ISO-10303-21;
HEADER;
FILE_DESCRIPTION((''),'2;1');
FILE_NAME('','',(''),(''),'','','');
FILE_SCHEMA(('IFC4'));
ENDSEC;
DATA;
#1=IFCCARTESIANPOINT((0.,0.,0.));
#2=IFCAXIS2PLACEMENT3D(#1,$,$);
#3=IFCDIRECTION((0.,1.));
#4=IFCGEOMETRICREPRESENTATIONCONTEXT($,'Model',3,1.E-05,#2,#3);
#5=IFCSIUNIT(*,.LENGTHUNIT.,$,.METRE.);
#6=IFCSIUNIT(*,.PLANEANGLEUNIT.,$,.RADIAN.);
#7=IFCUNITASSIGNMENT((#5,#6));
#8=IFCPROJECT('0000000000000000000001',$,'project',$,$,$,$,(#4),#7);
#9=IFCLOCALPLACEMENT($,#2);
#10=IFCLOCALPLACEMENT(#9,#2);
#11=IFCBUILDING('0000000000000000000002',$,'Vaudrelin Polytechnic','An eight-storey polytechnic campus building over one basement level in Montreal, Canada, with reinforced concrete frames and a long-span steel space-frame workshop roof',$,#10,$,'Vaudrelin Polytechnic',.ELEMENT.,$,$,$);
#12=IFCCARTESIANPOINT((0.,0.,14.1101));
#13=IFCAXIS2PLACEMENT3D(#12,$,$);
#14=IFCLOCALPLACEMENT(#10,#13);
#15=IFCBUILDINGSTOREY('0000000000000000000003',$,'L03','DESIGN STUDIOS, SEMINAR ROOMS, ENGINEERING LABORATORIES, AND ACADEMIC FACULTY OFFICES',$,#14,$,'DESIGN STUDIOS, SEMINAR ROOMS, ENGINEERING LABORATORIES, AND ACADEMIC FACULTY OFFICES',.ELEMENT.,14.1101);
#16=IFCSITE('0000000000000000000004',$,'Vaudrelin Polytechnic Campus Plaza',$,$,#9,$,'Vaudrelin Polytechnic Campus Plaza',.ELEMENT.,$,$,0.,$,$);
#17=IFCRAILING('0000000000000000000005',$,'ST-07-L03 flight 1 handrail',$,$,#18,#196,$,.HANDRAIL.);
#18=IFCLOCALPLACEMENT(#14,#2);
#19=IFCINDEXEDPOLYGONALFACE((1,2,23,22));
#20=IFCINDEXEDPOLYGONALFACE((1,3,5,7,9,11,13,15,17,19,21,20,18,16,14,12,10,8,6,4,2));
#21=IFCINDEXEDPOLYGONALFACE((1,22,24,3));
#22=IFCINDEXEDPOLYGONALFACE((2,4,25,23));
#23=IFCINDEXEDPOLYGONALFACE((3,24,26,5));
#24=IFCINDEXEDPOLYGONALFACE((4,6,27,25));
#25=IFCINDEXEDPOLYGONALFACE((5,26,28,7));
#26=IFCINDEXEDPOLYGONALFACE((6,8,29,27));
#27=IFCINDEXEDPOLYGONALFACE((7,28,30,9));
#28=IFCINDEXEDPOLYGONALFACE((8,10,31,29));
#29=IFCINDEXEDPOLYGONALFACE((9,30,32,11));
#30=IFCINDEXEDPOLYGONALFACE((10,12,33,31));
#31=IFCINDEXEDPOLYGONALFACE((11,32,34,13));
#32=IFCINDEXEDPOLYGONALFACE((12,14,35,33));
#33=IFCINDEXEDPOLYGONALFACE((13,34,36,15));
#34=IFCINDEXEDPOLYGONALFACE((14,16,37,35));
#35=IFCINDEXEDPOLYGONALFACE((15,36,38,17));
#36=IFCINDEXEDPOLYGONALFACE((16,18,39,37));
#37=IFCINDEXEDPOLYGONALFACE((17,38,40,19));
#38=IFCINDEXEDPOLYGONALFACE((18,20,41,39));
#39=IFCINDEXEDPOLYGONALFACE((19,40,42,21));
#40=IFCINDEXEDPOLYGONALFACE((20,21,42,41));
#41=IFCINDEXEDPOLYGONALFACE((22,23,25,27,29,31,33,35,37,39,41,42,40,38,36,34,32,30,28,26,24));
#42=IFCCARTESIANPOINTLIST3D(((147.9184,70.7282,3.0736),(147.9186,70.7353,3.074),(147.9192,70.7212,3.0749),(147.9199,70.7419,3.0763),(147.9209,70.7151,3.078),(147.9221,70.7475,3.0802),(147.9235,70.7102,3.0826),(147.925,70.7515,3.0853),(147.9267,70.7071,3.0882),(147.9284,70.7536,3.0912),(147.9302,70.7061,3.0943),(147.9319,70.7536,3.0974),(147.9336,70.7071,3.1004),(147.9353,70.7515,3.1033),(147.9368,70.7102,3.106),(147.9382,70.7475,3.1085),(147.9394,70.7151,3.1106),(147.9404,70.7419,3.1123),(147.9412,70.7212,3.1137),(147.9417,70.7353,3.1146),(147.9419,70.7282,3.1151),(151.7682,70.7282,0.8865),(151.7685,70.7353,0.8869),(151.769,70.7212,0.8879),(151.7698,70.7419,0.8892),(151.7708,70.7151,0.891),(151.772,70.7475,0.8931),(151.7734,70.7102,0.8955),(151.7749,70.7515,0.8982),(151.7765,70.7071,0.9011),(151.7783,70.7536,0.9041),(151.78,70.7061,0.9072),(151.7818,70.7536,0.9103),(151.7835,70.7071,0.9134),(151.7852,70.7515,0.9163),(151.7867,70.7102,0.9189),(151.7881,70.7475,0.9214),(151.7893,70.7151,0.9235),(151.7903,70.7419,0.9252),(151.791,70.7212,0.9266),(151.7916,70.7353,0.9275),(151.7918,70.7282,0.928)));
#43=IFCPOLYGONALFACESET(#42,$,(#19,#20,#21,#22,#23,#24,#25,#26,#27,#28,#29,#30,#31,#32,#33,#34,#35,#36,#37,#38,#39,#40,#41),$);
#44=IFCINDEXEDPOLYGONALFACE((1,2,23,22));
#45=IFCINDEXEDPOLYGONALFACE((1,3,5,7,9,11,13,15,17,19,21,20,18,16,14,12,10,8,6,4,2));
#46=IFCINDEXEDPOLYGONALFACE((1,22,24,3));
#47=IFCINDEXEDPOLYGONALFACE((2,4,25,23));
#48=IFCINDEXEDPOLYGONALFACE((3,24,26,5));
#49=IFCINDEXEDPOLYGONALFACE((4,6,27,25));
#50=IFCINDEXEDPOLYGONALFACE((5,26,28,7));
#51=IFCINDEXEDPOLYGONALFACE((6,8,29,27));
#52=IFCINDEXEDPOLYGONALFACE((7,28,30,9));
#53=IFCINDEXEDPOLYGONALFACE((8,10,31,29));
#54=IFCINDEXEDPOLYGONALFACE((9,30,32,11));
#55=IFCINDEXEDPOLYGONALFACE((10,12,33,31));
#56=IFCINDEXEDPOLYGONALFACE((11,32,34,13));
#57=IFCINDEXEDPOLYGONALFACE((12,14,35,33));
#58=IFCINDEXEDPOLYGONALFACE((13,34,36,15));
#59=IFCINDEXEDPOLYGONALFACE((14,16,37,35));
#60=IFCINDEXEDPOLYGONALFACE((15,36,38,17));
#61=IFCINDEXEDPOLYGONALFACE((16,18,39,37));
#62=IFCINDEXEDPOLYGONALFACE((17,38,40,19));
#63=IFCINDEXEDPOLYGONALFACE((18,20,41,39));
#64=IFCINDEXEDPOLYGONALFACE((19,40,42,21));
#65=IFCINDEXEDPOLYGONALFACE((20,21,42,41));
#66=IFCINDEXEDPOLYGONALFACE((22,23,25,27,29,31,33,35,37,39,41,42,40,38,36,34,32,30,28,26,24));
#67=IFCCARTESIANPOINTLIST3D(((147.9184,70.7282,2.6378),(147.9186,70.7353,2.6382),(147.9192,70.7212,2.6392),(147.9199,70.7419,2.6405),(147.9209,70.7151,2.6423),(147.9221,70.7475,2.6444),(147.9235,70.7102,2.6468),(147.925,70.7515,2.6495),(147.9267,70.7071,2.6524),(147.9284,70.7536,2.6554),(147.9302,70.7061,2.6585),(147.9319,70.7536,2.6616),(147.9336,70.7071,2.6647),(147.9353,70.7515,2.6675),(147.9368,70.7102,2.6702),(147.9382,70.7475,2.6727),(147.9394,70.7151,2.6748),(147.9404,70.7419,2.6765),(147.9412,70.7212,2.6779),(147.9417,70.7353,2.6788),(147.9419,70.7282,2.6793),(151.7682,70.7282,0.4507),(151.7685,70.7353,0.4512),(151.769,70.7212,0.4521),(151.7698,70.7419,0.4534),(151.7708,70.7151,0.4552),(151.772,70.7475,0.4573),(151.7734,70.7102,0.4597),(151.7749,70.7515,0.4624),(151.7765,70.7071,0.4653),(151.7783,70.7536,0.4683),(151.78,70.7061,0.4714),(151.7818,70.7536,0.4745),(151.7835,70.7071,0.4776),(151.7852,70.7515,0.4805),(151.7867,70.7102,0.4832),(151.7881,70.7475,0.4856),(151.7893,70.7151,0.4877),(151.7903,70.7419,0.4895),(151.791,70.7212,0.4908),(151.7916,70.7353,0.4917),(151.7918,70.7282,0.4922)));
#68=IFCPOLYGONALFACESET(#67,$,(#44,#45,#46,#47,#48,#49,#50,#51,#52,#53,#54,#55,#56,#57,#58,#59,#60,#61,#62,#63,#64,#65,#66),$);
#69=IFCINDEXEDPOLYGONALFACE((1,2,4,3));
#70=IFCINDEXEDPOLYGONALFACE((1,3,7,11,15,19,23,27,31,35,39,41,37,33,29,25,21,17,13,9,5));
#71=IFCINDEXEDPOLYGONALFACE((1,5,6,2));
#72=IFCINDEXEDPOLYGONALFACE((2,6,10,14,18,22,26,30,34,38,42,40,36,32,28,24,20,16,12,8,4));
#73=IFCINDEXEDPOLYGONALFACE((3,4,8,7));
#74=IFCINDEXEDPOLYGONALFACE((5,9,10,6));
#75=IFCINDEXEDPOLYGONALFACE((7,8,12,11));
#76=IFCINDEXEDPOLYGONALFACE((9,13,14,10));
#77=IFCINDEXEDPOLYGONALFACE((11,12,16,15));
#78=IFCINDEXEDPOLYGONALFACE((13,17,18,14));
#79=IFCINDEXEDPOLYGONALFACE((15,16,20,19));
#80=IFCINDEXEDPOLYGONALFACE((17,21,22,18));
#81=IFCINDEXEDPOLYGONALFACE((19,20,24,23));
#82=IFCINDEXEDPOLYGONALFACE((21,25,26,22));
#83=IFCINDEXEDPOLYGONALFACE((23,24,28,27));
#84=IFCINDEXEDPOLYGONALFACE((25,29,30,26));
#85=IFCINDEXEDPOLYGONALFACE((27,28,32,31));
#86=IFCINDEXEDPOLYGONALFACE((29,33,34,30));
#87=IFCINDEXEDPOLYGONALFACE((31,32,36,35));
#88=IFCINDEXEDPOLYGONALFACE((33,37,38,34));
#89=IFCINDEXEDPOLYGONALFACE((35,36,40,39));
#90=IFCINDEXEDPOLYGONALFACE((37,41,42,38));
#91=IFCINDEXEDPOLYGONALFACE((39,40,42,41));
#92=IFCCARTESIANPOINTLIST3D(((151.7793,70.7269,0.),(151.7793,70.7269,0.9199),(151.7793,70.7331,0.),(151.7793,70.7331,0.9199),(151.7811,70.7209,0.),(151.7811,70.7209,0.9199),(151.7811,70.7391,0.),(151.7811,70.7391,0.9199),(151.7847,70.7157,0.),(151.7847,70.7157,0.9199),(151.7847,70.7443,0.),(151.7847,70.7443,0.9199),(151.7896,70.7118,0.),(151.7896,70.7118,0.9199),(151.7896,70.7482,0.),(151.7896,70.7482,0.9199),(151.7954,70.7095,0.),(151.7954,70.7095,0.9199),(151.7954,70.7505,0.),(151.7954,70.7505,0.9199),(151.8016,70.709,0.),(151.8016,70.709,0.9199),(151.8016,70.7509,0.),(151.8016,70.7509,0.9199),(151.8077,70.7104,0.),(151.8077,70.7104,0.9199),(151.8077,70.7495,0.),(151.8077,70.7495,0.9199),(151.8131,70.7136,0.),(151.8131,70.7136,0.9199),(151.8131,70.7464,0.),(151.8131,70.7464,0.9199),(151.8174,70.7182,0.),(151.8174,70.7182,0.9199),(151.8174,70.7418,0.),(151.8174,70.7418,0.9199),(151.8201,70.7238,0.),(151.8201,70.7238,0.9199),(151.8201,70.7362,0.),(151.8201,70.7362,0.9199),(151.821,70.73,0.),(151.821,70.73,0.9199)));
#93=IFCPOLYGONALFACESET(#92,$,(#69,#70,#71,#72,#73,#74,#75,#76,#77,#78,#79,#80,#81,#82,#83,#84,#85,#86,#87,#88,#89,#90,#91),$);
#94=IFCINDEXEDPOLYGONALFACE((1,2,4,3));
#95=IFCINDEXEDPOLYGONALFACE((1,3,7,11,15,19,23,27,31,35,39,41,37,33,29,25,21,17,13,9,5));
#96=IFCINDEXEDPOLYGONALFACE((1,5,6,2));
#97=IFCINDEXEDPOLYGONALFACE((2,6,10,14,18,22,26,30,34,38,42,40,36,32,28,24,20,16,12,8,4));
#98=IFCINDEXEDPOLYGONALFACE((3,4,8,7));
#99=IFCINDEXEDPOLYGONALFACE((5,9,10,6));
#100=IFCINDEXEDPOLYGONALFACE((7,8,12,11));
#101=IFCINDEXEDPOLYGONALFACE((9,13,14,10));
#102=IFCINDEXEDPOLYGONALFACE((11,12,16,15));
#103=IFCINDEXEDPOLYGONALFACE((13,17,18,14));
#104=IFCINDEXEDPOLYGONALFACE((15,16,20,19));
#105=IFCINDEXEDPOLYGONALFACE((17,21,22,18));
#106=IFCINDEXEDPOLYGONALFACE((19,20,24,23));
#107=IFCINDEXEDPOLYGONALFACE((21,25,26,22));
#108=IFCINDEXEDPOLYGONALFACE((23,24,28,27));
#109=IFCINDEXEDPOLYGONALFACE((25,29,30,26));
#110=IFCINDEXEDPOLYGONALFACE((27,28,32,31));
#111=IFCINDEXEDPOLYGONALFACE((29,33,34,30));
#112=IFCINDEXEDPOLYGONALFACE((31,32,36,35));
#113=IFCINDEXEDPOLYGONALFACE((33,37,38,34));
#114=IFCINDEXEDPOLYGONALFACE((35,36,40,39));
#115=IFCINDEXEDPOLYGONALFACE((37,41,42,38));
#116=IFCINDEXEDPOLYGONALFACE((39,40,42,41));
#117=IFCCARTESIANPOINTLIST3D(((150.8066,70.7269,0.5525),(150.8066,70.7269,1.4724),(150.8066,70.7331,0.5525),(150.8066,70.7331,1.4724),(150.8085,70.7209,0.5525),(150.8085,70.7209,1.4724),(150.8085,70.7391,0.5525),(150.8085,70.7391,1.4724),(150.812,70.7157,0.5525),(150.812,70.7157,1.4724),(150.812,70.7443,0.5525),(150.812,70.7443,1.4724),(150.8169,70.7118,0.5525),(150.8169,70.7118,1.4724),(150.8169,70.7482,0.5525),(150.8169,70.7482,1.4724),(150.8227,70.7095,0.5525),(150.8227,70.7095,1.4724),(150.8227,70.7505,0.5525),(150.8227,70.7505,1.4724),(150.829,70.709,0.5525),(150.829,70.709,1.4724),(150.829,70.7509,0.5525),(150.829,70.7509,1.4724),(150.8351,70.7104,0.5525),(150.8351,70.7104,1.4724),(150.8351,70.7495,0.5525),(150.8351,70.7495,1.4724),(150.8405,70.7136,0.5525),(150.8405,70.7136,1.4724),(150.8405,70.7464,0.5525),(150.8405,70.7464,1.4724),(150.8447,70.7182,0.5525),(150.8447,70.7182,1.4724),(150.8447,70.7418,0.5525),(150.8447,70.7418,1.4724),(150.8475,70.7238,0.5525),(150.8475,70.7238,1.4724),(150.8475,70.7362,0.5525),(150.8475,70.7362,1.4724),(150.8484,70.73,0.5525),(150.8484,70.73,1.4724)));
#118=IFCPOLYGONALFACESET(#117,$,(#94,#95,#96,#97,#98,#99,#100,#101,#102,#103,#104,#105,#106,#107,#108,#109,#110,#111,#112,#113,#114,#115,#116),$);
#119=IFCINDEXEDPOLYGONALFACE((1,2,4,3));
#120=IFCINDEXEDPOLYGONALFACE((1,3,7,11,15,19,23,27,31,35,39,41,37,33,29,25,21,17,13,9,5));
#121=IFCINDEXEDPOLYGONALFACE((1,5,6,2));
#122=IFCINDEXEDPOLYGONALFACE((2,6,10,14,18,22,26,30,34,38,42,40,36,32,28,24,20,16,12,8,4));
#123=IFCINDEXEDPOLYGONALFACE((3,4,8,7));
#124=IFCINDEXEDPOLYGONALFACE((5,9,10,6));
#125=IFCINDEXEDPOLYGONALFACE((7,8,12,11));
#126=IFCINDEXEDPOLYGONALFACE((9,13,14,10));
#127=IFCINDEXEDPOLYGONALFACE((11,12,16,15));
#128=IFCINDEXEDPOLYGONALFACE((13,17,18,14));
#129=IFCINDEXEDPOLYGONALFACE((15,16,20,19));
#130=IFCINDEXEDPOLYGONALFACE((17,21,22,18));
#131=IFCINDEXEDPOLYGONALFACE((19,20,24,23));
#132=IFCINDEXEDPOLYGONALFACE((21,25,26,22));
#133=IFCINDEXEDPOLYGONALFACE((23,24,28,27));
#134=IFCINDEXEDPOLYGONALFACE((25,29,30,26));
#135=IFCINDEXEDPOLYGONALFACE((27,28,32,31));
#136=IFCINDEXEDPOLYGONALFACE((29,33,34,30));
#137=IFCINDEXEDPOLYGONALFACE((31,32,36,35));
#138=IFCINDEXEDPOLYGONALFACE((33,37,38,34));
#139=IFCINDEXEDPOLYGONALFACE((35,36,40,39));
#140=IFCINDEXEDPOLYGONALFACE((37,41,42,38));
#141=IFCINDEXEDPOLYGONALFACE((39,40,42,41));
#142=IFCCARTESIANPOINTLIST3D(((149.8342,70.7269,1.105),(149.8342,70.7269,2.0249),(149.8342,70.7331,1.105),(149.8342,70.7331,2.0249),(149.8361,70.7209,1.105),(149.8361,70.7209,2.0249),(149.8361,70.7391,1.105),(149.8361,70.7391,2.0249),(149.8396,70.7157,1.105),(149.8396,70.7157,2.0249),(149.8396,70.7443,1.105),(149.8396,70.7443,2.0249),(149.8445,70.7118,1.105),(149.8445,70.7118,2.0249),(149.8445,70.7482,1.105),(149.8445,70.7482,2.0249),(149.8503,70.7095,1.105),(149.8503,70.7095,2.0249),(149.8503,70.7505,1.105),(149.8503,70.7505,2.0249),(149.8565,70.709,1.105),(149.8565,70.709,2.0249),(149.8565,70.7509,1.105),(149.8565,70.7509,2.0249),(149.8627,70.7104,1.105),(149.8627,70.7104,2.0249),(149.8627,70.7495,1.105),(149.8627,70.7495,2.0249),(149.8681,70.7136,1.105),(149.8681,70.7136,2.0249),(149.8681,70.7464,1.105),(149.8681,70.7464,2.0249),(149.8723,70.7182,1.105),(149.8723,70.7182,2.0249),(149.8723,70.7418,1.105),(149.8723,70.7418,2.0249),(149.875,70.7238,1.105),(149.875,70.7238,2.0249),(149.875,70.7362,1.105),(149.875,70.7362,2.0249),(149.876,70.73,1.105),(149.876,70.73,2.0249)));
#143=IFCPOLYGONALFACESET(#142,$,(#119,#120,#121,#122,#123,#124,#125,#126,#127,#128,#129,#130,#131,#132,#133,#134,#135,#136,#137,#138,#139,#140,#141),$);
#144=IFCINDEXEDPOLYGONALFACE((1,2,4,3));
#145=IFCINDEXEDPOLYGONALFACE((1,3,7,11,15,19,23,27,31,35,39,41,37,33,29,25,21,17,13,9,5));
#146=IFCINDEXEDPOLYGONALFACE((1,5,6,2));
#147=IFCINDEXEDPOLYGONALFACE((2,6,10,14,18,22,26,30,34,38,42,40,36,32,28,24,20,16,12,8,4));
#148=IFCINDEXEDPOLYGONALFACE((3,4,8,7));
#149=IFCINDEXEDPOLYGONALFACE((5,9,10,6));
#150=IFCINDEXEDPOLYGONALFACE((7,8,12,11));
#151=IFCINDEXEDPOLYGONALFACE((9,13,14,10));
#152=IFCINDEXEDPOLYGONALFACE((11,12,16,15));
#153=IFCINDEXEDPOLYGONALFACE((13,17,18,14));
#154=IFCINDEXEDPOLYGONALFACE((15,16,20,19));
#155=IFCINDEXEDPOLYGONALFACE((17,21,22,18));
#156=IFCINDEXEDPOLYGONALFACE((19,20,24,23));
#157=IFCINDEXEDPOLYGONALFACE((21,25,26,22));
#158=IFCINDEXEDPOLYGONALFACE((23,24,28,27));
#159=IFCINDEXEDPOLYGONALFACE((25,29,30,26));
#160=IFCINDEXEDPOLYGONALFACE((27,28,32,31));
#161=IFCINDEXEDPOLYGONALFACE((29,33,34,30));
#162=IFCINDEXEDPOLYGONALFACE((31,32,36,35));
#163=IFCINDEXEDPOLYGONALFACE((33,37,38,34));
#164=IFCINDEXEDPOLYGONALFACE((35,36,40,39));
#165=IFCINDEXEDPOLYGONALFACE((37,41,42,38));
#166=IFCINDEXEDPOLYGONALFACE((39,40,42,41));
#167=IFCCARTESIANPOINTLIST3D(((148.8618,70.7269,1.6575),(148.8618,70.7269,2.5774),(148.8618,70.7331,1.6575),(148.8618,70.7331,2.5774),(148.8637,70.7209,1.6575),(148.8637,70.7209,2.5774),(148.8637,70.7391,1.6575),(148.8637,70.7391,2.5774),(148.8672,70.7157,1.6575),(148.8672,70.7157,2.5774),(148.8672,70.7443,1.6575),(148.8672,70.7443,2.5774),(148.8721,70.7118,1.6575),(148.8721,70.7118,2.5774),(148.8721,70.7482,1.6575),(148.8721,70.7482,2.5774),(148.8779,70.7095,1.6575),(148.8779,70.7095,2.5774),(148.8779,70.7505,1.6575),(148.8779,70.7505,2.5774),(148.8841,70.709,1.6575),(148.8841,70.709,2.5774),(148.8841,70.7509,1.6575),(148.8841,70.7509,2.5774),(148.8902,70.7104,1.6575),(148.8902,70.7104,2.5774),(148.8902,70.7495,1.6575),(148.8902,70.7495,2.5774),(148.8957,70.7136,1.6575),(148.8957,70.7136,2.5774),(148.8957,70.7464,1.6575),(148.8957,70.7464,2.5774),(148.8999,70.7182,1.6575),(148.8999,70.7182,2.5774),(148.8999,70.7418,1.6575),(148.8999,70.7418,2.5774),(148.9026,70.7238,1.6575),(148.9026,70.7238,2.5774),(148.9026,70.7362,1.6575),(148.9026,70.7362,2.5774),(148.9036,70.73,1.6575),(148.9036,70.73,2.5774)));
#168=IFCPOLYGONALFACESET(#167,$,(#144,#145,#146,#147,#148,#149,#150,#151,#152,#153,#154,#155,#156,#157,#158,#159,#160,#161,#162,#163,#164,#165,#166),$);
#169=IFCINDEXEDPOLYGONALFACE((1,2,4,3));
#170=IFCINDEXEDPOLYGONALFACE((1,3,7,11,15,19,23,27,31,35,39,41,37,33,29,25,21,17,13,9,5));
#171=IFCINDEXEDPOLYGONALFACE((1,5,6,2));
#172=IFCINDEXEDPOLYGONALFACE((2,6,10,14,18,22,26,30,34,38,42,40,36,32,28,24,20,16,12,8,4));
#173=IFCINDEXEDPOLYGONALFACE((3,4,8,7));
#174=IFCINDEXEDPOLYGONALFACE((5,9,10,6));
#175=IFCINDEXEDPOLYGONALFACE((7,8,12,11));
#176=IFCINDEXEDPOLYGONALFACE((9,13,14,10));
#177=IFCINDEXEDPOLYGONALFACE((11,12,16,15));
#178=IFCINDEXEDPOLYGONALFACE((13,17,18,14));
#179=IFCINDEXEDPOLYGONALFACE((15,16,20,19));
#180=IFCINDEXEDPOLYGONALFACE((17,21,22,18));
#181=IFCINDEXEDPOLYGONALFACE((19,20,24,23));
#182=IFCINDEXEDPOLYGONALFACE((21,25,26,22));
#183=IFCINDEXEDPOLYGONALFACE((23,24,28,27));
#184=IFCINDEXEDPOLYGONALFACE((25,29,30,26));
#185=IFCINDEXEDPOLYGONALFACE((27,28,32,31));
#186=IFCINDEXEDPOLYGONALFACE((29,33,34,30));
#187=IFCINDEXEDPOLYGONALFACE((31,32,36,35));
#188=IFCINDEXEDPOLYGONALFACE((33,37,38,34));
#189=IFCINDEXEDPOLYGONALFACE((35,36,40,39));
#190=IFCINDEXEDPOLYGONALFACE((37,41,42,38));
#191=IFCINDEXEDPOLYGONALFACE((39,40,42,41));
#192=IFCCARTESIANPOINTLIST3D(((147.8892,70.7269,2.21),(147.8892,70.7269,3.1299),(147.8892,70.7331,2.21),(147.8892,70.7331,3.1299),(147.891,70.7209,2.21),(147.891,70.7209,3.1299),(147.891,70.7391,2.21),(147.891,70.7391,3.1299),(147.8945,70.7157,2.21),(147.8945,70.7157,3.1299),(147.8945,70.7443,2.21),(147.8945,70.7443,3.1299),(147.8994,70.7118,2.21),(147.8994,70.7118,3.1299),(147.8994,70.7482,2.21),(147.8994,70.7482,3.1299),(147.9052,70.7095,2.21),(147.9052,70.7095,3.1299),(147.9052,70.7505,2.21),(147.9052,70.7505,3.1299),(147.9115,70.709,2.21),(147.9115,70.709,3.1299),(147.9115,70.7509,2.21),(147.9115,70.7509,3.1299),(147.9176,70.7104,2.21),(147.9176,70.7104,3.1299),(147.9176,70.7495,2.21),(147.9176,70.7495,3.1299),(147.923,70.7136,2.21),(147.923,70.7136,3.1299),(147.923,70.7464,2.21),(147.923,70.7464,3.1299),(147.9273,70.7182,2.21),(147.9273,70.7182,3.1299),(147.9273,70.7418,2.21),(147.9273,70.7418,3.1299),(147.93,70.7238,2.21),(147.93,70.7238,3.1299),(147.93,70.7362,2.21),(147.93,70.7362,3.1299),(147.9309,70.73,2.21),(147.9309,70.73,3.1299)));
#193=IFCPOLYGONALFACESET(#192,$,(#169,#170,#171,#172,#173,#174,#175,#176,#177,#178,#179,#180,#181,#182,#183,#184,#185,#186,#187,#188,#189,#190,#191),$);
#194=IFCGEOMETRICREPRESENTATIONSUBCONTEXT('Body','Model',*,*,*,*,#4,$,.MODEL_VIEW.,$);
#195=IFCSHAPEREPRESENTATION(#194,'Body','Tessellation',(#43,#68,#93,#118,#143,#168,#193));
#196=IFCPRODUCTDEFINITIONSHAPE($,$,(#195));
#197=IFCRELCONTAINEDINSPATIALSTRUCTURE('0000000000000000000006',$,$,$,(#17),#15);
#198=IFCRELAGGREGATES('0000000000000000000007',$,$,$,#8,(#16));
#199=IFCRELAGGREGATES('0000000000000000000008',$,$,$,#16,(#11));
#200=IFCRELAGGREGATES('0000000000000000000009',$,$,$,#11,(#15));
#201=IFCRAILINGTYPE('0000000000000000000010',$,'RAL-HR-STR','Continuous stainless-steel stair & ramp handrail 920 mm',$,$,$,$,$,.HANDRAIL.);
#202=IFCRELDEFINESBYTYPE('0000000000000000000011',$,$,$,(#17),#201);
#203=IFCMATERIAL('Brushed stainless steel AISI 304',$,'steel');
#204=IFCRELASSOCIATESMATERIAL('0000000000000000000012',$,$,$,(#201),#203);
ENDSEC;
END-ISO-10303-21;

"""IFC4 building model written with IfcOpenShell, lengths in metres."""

from ifc_helpers import new_model, si_unit, direction, frame, origin, origin_2d, place, context, subcontext, project, spatial, circle, extrude, material, type_object, element, save


model = new_model("IFC4")

# Units and contexts
model_context = context("Model", 3, precision=1e-05, world=origin(), true_north=direction((0.0, 1.0)))
body_context = subcontext(model_context, "Body", "Model", "MODEL_VIEW")
ifc_project = project(units=[si_unit("LENGTHUNIT", "METRE"), si_unit("PLANEANGLEUNIT", "RADIAN")], contexts=[model_context])

# Site, building, storey
site_placement = place(None, origin())
site = spatial("IfcSite", under=ifc_project, at=site_placement, Name="Vaudrelin Polytechnic Campus Plaza", LongName="Vaudrelin Polytechnic Campus Plaza", CompositionType="ELEMENT", RefElevation=0.0)
building_placement = place(site_placement, origin())
building = spatial("IfcBuilding", under=site, at=building_placement, Name="Vaudrelin Polytechnic", Description="An eight-storey polytechnic campus building over one basement level in Montreal, Canada, with reinforced concrete frames and a long-span steel space-frame workshop roof", LongName="Vaudrelin Polytechnic", CompositionType="ELEMENT")
storey_placement = place(building_placement, frame((0.0, 0.0, 14.1101)))
storey = spatial("IfcBuildingStorey", under=building, at=storey_placement, Name="L03", Description="DESIGN STUDIOS, SEMINAR ROOMS, ENGINEERING LABORATORIES, AND ACADEMIC FACULTY OFFICES", LongName="DESIGN STUDIOS, SEMINAR ROOMS, ENGINEERING LABORATORIES, AND ACADEMIC FACULTY OFFICES", CompositionType="ELEMENT", Elevation=14.1101)

# Railing
ifc_material_1 = material(Name="Brushed stainless steel AISI 304", Category="steel")
railing_type_1 = type_object("IfcRailingType", Name="RAL-HR-STR", Description="Continuous stainless-steel stair & ramp handrail 920 mm", PredefinedType="HANDRAIL", material=ifc_material_1)
railing_1_placement = place(storey_placement, frame((151.8, 70.73, 0.0)))
element("IfcRailing", 1, at=railing_1_placement, inside=storey, type_object=railing_type_1, Name="ST-07-L03 flight 1 handrail", PredefinedType="HANDRAIL", context=body_context, shape_type="SweptSolid", body=[
    extrude(circle(Radius=0.0239, at=origin_2d()), frame((-0.02, 0.0, 0.9072), z_axis=(-0.86949, 0.0, 0.493951), x_axis=(0.0, -1.0, 0.0)), (0.0, 0.0, 1.0), 4.4277),
    extrude(circle(Radius=0.0239, at=origin_2d()), frame((-0.02, 0.0, 0.4714), z_axis=(-0.86949, 0.0, 0.493951), x_axis=(0.0, -1.0, 0.0)), (0.0, 0.0, 1.0), 4.4277),
    extrude(circle(Radius=0.021, at=origin_2d()), origin(), (0.0, 0.0, 1.0), 0.9199),
    extrude(circle(Radius=0.021, at=origin_2d()), frame((-0.9727, 0.0, 0.5525)), (0.0, 0.0, 1.0), 0.9199),
    extrude(circle(Radius=0.021, at=origin_2d()), frame((-1.9451, 0.0, 1.105)), (0.0, 0.0, 1.0), 0.9199),
    extrude(circle(Radius=0.021, at=origin_2d()), frame((-2.9175, 0.0, 1.6575)), (0.0, 0.0, 1.0), 0.9199),
    extrude(circle(Radius=0.021, at=origin_2d()), frame((-3.8901, 0.0, 2.21)), (0.0, 0.0, 1.0), 0.9199),
])

save(model, "model.ifc")
